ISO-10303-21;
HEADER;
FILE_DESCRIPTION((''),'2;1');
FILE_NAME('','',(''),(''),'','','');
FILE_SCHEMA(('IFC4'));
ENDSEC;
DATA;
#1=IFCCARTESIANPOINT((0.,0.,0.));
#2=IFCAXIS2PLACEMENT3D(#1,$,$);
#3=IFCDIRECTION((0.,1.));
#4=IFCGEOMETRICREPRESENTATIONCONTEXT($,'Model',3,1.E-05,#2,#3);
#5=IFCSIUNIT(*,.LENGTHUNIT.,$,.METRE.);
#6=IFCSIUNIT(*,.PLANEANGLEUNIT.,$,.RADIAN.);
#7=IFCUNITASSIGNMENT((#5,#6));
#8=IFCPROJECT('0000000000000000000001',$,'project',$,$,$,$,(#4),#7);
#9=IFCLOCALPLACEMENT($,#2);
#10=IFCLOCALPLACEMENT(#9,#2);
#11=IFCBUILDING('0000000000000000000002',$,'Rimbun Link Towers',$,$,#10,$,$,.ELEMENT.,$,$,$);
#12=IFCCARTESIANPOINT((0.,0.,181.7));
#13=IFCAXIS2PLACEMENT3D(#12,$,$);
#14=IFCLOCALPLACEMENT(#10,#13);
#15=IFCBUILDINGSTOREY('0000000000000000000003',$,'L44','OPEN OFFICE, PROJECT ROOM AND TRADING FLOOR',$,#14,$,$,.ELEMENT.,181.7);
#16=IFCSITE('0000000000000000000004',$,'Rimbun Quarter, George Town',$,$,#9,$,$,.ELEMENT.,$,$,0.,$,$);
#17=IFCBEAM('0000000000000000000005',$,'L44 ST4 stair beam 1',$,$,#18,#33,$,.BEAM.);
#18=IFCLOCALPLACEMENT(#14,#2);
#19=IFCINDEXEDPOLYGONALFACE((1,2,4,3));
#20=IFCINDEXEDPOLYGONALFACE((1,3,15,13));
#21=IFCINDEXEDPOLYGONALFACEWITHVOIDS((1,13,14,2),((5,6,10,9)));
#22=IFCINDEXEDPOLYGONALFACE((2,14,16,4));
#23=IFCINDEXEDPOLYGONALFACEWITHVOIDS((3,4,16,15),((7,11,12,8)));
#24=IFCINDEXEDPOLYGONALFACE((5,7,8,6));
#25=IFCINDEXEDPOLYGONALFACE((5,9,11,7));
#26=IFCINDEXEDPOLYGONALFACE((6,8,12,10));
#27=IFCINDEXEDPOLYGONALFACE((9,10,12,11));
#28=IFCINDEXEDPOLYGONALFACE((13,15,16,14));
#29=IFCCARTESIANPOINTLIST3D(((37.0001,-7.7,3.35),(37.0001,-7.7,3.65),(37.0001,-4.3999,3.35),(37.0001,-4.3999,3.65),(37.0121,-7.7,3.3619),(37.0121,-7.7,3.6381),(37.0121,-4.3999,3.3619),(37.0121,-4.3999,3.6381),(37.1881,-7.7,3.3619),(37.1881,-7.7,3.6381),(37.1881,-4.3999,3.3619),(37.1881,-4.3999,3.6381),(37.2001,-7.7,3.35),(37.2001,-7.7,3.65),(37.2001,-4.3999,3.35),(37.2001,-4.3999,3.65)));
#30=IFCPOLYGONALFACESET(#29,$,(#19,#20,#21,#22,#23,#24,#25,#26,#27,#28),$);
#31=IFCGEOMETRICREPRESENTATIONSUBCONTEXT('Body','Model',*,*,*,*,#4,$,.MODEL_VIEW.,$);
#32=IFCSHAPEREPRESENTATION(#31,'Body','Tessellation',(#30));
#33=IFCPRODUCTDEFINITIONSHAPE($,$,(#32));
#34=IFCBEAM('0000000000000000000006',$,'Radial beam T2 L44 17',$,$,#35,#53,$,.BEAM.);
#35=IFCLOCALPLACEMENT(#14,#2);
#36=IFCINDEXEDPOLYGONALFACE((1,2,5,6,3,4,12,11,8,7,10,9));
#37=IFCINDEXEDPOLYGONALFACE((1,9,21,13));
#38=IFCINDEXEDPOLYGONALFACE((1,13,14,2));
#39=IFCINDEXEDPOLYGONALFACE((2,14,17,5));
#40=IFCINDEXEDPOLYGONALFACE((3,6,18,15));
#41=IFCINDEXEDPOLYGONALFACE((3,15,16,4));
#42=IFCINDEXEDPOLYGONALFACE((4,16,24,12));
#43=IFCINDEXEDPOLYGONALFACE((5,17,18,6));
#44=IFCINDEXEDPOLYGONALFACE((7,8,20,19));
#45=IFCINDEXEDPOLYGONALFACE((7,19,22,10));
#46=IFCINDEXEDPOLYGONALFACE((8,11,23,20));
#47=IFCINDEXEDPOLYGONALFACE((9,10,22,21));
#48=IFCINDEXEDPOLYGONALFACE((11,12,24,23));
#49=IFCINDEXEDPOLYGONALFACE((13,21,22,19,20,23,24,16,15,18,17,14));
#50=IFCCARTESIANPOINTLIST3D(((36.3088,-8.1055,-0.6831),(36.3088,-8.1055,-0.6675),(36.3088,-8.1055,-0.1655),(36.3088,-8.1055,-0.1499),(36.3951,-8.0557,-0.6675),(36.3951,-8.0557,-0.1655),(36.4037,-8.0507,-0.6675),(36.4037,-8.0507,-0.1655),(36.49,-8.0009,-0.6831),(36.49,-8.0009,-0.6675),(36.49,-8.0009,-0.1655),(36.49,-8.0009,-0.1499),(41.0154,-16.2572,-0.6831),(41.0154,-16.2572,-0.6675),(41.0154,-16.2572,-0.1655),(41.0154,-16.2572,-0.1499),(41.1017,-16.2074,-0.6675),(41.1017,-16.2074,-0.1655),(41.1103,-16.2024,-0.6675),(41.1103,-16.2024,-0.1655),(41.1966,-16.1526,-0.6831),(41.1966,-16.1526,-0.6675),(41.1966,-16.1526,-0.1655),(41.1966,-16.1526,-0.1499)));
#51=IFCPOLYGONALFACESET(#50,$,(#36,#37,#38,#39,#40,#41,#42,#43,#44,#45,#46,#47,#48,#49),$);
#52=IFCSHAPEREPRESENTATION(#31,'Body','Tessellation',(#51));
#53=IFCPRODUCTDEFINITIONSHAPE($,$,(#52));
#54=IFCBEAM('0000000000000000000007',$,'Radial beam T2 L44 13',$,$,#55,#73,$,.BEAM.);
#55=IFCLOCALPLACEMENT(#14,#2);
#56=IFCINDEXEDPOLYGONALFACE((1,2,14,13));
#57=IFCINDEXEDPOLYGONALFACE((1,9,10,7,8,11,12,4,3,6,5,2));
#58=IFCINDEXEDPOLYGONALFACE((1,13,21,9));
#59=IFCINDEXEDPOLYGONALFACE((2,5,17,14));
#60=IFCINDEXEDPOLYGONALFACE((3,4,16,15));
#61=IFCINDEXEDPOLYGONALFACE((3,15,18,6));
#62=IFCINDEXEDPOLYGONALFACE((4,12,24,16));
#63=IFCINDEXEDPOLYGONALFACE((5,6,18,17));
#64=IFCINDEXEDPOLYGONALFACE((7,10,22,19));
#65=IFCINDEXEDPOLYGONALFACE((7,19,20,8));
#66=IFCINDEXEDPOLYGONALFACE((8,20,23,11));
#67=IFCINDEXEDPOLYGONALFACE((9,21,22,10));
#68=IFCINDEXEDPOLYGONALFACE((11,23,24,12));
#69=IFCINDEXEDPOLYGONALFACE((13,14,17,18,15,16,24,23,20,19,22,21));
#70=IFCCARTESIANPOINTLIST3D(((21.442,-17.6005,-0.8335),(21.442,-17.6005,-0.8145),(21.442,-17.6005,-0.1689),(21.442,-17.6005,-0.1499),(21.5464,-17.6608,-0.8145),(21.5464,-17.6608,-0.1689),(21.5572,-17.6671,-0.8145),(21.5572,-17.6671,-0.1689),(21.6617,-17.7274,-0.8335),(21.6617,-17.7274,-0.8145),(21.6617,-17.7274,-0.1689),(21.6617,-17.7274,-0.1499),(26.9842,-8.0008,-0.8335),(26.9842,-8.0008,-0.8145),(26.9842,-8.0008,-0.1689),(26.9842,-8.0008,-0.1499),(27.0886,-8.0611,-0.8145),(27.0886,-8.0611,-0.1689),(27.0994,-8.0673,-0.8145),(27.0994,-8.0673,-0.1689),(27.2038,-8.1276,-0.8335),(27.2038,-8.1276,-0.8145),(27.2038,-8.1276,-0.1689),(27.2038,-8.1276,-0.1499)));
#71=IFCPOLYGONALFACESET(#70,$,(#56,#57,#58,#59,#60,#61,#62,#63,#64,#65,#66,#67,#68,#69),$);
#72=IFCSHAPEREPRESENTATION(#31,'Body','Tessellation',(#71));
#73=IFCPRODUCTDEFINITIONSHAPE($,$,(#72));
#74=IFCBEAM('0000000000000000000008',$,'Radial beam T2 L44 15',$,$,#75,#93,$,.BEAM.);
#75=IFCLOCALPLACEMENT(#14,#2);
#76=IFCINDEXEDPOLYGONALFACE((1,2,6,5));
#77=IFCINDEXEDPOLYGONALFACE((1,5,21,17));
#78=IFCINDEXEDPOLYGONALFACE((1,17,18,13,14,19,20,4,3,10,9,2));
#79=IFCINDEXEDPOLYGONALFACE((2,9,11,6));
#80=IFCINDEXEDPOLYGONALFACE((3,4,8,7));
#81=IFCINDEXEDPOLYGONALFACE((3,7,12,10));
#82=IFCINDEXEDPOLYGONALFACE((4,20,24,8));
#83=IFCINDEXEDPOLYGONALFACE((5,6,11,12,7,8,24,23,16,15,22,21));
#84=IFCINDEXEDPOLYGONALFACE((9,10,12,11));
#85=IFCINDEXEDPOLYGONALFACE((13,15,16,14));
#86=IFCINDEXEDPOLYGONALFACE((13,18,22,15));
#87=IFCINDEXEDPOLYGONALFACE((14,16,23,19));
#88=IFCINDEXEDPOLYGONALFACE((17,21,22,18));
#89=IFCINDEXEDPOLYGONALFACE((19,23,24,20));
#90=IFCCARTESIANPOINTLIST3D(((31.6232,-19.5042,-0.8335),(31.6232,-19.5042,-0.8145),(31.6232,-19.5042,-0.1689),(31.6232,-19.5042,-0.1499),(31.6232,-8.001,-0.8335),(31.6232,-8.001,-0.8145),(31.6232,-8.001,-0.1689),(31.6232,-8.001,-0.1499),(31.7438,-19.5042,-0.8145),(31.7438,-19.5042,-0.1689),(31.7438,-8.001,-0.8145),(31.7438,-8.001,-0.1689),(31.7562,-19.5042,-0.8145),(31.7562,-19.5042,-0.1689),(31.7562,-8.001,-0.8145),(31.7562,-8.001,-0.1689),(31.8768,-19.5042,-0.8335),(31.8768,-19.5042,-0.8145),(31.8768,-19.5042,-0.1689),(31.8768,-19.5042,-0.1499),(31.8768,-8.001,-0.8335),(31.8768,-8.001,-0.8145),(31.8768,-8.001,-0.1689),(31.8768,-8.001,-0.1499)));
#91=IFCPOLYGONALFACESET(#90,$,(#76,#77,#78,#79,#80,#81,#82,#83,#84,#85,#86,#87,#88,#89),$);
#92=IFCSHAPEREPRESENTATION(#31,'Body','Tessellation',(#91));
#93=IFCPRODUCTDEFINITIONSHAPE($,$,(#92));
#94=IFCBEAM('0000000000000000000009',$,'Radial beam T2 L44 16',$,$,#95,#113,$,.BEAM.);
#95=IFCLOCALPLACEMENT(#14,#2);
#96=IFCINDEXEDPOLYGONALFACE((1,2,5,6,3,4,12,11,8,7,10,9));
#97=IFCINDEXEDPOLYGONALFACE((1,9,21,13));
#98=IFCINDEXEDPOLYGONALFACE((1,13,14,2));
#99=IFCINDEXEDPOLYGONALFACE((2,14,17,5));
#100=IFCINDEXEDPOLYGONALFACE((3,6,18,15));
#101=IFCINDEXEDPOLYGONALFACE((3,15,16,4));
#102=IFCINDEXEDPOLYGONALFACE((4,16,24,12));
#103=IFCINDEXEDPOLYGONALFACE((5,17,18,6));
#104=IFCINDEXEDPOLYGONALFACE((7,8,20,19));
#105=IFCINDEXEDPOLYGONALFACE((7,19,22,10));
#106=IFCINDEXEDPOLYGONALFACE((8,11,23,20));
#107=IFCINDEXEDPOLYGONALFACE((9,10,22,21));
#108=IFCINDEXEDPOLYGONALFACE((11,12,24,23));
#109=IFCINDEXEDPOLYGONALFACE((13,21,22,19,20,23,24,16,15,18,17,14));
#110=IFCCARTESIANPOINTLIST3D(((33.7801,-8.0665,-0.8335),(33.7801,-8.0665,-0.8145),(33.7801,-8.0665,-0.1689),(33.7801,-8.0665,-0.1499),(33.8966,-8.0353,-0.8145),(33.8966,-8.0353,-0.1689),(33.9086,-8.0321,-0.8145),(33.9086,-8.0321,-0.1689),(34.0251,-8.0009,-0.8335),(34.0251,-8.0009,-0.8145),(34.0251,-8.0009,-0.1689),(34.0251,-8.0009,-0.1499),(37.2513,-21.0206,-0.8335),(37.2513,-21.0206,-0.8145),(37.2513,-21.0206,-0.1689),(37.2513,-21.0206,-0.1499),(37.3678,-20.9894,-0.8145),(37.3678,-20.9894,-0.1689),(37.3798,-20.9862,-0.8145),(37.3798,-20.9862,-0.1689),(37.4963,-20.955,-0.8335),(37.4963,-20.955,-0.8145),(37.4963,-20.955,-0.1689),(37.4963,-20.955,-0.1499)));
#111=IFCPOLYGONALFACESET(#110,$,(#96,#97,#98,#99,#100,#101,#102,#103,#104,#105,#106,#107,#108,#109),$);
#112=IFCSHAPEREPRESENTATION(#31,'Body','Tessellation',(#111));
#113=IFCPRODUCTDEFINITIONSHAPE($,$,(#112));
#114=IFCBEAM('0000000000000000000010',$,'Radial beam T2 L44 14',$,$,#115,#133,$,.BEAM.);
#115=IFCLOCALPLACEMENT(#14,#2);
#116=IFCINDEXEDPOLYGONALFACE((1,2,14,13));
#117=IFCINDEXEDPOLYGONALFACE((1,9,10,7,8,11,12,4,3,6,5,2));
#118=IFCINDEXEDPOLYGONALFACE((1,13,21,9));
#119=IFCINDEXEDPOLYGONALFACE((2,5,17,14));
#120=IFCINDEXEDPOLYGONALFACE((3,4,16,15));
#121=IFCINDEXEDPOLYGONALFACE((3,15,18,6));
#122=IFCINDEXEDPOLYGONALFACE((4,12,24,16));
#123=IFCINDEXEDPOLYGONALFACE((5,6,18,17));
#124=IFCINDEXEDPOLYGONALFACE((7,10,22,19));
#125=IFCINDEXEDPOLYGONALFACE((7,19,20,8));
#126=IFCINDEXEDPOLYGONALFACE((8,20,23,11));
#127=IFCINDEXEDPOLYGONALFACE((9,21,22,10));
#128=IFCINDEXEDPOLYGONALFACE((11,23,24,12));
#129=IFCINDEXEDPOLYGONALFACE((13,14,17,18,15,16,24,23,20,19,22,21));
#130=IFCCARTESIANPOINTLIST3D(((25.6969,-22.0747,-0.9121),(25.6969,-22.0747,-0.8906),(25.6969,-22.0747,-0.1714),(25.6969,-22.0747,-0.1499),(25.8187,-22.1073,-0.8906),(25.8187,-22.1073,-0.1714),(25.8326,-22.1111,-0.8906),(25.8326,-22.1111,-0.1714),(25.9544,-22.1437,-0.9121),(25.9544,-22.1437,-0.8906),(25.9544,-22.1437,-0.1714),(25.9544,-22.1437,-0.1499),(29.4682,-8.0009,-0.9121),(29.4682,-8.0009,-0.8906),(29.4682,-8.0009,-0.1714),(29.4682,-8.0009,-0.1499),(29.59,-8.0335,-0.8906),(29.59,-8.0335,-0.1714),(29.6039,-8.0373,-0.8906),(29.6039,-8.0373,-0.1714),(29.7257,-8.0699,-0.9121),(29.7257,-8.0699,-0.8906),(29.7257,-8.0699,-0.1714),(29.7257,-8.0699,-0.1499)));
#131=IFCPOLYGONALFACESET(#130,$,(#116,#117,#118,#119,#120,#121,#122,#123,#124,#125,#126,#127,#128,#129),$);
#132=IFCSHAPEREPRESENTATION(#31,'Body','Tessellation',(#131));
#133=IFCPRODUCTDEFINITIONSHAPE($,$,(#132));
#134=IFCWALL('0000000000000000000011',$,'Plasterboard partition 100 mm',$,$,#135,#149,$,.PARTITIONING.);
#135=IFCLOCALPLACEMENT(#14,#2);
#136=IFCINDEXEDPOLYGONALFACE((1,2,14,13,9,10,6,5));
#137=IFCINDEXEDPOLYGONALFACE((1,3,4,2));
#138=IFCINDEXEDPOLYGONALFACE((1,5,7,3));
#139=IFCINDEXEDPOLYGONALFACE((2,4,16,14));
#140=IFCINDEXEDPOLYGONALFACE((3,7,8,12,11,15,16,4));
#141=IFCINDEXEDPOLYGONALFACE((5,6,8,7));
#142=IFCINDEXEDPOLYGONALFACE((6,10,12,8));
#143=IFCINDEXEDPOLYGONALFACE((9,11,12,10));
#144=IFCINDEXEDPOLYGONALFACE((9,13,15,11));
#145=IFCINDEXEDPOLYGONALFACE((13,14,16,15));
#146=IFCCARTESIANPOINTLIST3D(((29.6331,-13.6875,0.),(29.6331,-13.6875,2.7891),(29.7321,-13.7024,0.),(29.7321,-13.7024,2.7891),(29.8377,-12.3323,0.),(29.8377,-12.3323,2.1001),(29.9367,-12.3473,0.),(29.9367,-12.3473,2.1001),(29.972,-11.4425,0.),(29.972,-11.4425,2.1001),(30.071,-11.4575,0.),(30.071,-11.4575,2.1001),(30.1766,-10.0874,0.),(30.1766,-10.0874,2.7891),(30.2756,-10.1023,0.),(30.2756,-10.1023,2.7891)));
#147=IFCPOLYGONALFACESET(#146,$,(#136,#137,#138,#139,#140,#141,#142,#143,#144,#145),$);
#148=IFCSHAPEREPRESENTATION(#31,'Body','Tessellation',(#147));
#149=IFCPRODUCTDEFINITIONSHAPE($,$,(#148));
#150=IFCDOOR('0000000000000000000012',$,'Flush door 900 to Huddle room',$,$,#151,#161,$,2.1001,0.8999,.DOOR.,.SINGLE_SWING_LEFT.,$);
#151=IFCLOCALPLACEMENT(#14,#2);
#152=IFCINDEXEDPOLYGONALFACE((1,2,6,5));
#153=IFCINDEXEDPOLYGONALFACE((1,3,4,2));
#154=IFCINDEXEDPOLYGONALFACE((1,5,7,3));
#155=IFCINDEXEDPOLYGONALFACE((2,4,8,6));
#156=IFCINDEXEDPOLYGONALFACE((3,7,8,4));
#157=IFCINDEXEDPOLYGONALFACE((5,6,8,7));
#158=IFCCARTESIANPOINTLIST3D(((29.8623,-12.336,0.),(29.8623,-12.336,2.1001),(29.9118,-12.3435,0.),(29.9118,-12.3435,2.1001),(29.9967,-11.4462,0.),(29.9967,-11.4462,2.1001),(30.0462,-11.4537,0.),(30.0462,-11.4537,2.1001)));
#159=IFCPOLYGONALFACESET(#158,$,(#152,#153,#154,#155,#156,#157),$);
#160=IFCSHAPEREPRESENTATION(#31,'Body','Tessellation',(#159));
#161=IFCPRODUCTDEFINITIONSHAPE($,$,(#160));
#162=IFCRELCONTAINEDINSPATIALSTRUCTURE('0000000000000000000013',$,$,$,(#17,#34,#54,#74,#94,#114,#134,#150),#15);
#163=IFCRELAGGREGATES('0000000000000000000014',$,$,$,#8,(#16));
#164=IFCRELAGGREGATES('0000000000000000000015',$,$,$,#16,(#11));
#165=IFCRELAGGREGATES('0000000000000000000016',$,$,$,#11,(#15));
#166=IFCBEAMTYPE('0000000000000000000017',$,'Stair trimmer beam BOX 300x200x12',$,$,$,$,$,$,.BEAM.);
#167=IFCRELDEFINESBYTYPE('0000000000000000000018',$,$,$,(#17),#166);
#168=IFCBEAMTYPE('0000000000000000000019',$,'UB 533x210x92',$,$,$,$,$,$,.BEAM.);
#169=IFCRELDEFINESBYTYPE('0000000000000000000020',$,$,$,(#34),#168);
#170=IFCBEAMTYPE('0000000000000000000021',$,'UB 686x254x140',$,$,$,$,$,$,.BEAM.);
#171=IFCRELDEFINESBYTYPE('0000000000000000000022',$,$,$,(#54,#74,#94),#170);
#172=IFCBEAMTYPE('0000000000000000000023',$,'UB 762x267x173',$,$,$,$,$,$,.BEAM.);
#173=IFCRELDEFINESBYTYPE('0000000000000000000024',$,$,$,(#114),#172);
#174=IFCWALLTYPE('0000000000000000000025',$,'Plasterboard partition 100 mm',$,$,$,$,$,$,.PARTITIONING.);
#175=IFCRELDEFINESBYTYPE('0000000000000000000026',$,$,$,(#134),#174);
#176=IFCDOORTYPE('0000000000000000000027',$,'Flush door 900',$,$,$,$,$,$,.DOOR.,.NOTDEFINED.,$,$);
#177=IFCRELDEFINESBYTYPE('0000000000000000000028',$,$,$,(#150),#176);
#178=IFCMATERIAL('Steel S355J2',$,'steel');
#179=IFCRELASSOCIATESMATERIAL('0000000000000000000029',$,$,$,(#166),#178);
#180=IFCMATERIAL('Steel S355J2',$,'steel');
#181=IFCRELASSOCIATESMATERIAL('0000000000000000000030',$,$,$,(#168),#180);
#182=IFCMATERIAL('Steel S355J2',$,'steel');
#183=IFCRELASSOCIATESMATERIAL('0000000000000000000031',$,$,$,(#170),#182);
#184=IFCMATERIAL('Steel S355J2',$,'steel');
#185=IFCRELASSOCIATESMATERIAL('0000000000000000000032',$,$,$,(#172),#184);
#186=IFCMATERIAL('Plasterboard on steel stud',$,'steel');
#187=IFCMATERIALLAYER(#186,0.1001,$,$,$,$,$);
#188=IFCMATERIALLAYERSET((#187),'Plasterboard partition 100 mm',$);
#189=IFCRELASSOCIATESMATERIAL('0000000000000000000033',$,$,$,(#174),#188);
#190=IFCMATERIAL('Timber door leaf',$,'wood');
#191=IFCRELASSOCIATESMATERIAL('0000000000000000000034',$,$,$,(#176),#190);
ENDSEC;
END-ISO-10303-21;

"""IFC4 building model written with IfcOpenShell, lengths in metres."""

from ifc_helpers import new_model, si_unit, direction, frame, frame_2d, origin, origin_2d, place, context, subcontext, project, spatial, rectangle, hollow_rectangle, i_section, extrude, material, layer, layer_set, material_profile, profile_set, type_object, element, fill, save


model = new_model("IFC4")

# Units and contexts
model_context = context("Model", 3, precision=1e-05, world=origin(), true_north=direction((0.0, 1.0)))
body_context = subcontext(model_context, "Body", "Model", "MODEL_VIEW")
ifc_project = project(units=[si_unit("LENGTHUNIT", "METRE"), si_unit("PLANEANGLEUNIT", "RADIAN")], contexts=[model_context])

# Site, building, storey
site_placement = place(None, origin())
site = spatial("IfcSite", under=ifc_project, at=site_placement, Name="Rimbun Quarter, George Town", CompositionType="ELEMENT", RefElevation=0.0)
building_placement = place(site_placement, origin())
building = spatial("IfcBuilding", under=site, at=building_placement, Name="Rimbun Link Towers", CompositionType="ELEMENT")
storey_placement = place(building_placement, frame((0.0, 0.0, 181.7)))
storey = spatial("IfcBuildingStorey", under=building, at=storey_placement, Name="L44", Description="OPEN OFFICE, PROJECT ROOM AND TRADING FLOOR", CompositionType="ELEMENT", Elevation=181.7)

# Beams
ifc_material_1 = material(Name="Steel S355J2", Category="steel")
ifc_material_profile_1 = material_profile(ifc_material_1, hollow_rectangle(XDim=0.2, YDim=0.3, WallThickness=0.012, at=origin_2d()), Name="BOX 300x200x12")
ifc_profile_set_1 = profile_set([ifc_material_profile_1], Name="Steel S355J2")
beam_type_1 = type_object("IfcBeamType", Name="Stair trimmer beam BOX 300x200x12", PredefinedType="BEAM", material=ifc_profile_set_1)
beam_1_placement = place(storey_placement, frame((37.1001, -7.7, 3.5), z_axis=(0.0, 1.0, 0.0), x_axis=(-1.0, 0.0, 0.0)))
element("IfcBeam", 1, at=beam_1_placement, inside=storey, type_object=beam_type_1, Name="L44 ST4 stair beam 1", PredefinedType="BEAM", context=body_context, shape_type="SweptSolid", body=[
    extrude(hollow_rectangle(XDim=0.2, YDim=0.3, WallThickness=0.012, at=origin_2d()), origin(), (0.0, 0.0, 1.0), 3.3),
])
ifc_material_2 = material(Name="Steel S355J2", Category="steel")
ifc_material_profile_2 = material_profile(ifc_material_2, i_section(OverallWidth=0.2092, OverallDepth=0.5332, WebThickness=0.01, FlangeThickness=0.0156, at=origin_2d()), Name="UB 533x210x92")
ifc_profile_set_2 = profile_set([ifc_material_profile_2], Name="Steel S355J2")
beam_type_2 = type_object("IfcBeamType", Name="UB 533x210x92", PredefinedType="BEAM", material=ifc_profile_set_2)
beam_2_placement = place(storey_placement, frame((36.3994, -8.0532, -0.4165), z_axis=(0.500017, -0.866016, 0.0), x_axis=(0.866016, 0.500017, 0.0)))
element("IfcBeam", 2, at=beam_2_placement, inside=storey, type_object=beam_type_2, Name="Radial beam T2 L44 17", PredefinedType="BEAM", context=body_context, shape_type="SweptSolid", body=[
    extrude(i_section(OverallWidth=0.2092, OverallDepth=0.5332, WebThickness=0.01, FlangeThickness=0.0156, at=origin_2d()), origin(), (0.0, 0.0, 1.0), 9.4128),
])
ifc_material_3 = material(Name="Steel S355J2", Category="steel")
ifc_material_profile_3 = material_profile(ifc_material_3, i_section(OverallWidth=0.2537, OverallDepth=0.6836, WebThickness=0.0125, FlangeThickness=0.019, at=origin_2d()), Name="UB 686x254x140")
ifc_profile_set_3 = profile_set([ifc_material_profile_3], Name="Steel S355J2")
beam_type_3 = type_object("IfcBeamType", Name="UB 686x254x140", PredefinedType="BEAM", material=ifc_profile_set_3)
beam_3_placement = place(storey_placement, frame((27.094, -8.0642, -0.4917), z_axis=(-0.499984, -0.866035, 0.0), x_axis=(0.866035, -0.499984, 0.0)))
element("IfcBeam", 3, at=beam_3_placement, inside=storey, type_object=beam_type_3, Name="Radial beam T2 L44 13", PredefinedType="BEAM", context=body_context, shape_type="SweptSolid", body=[
    extrude(i_section(OverallWidth=0.2537, OverallDepth=0.6836, WebThickness=0.0125, FlangeThickness=0.019, at=origin_2d()), origin(), (0.0, 0.0, 1.0), 11.0847),
])
beam_4_placement = place(storey_placement, frame((31.75, -8.001, -0.4917), z_axis=(0.0, -1.0, 0.0), x_axis=(1.0, 0.0, 0.0)))
element("IfcBeam", 4, at=beam_4_placement, inside=storey, type_object=beam_type_3, Name="Radial beam T2 L44 15", PredefinedType="BEAM", context=body_context, shape_type="SweptSolid", body=[
    extrude(i_section(OverallWidth=0.2537, OverallDepth=0.6836, WebThickness=0.0125, FlangeThickness=0.019, at=origin_2d()), origin(), (0.0, 0.0, 1.0), 11.5032),
])
beam_5_placement = place(storey_placement, frame((33.9026, -8.0337, -0.4917), z_axis=(0.25883, -0.965923, 0.0), x_axis=(0.965923, 0.25883, 0.0)))
element("IfcBeam", 5, at=beam_5_placement, inside=storey, type_object=beam_type_3, Name="Radial beam T2 L44 16", PredefinedType="BEAM", context=body_context, shape_type="SweptSolid", body=[
    extrude(i_section(OverallWidth=0.2537, OverallDepth=0.6836, WebThickness=0.0125, FlangeThickness=0.019, at=origin_2d()), origin(), (0.0, 0.0, 1.0), 13.4111),
])
ifc_material_4 = material(Name="Steel S355J2", Category="steel")
ifc_material_profile_4 = material_profile(ifc_material_4, i_section(OverallWidth=0.2666, OverallDepth=0.7622, WebThickness=0.0144, FlangeThickness=0.0215, at=origin_2d()), Name="UB 762x267x173")
ifc_profile_set_4 = profile_set([ifc_material_profile_4], Name="Steel S355J2")
beam_type_4 = type_object("IfcBeamType", Name="UB 762x267x173", PredefinedType="BEAM", material=ifc_profile_set_4)
beam_6_placement = place(storey_placement, frame((29.5969, -8.0354, -0.531), z_axis=(-0.258832, -0.965922, 0.0), x_axis=(0.965922, -0.258832, 0.0)))
element("IfcBeam", 6, at=beam_6_placement, inside=storey, type_object=beam_type_4, Name="Radial beam T2 L44 14", PredefinedType="BEAM", context=body_context, shape_type="SweptSolid", body=[
    extrude(i_section(OverallWidth=0.2666, OverallDepth=0.7622, WebThickness=0.0144, FlangeThickness=0.0215, at=origin_2d()), origin(), (0.0, 0.0, 1.0), 14.5703),
])

# Wall, opening, door
ifc_material_5 = material(Name="Plasterboard on steel stud", Category="steel")
ifc_layer_1 = layer(ifc_material_5, 0.1001)
ifc_layer_set_1 = layer_set([ifc_layer_1], Name="Plasterboard partition 100 mm")
wall_type_1 = type_object("IfcWallType", Name="Plasterboard partition 100 mm", PredefinedType="PARTITIONING", material=ifc_layer_set_1)
wall_1_placement = place(storey_placement, frame((30.2261, -10.095, 0.0), z_axis=(0.0, 0.0, 1.0), x_axis=(-0.149265, -0.988797, 0.0)))
wall_1 = element("IfcWall", 7, at=wall_1_placement, inside=storey, type_object=wall_type_1, Name="Plasterboard partition 100 mm", PredefinedType="PARTITIONING", context=body_context, shape_type="SweptSolid", body=[
    extrude(rectangle(XDim=3.6409, YDim=0.1001, at=frame_2d((1.8203, 0.0))), origin(), (0.0, 0.0, 1.0), 2.7891),
])
opening_1_placement = place(wall_1_placement, frame((1.3704, 0.0, 0.0)))
opening_1 = element("IfcOpeningElement", 8, at=opening_1_placement, cuts=wall_1, PredefinedType="OPENING", context=body_context, shape_type="SweptSolid", body=[
    extrude(rectangle(XDim=0.8999, YDim=2.1001, at=frame_2d((0.45, 1.05))), frame((0.0, 0.0601, 0.0), z_axis=(0.0, -1.0, 0.0), x_axis=(1.0, 0.0, 0.0)), (0.0, 0.0, 1.0), 0.1201),
])
ifc_material_6 = material(Name="Timber door leaf", Category="wood")
door_type_1 = type_object("IfcDoorType", Name="Flush door 900", OperationType="NOTDEFINED", PredefinedType="DOOR", material=ifc_material_6)
door_1_placement = place(opening_1_placement, origin())
door_1 = element("IfcDoor", 9, at=door_1_placement, inside=storey, type_object=door_type_1, Name="Flush door 900 to Huddle room", OperationType="SINGLE_SWING_LEFT", OverallHeight=2.1001, OverallWidth=0.8999, PredefinedType="DOOR", context=body_context, shape_type="SweptSolid", body=[
    extrude(rectangle(XDim=0.8999, YDim=2.1001, at=frame_2d((0.45, 1.05))), frame((0.0, 0.0249, 0.0), z_axis=(0.0, -1.0, 0.0), x_axis=(1.0, 0.0, 0.0)), (0.0, 0.0, 1.0), 0.05),
])
fill(opening_1, door_1)

save(model, "model.ifc")
